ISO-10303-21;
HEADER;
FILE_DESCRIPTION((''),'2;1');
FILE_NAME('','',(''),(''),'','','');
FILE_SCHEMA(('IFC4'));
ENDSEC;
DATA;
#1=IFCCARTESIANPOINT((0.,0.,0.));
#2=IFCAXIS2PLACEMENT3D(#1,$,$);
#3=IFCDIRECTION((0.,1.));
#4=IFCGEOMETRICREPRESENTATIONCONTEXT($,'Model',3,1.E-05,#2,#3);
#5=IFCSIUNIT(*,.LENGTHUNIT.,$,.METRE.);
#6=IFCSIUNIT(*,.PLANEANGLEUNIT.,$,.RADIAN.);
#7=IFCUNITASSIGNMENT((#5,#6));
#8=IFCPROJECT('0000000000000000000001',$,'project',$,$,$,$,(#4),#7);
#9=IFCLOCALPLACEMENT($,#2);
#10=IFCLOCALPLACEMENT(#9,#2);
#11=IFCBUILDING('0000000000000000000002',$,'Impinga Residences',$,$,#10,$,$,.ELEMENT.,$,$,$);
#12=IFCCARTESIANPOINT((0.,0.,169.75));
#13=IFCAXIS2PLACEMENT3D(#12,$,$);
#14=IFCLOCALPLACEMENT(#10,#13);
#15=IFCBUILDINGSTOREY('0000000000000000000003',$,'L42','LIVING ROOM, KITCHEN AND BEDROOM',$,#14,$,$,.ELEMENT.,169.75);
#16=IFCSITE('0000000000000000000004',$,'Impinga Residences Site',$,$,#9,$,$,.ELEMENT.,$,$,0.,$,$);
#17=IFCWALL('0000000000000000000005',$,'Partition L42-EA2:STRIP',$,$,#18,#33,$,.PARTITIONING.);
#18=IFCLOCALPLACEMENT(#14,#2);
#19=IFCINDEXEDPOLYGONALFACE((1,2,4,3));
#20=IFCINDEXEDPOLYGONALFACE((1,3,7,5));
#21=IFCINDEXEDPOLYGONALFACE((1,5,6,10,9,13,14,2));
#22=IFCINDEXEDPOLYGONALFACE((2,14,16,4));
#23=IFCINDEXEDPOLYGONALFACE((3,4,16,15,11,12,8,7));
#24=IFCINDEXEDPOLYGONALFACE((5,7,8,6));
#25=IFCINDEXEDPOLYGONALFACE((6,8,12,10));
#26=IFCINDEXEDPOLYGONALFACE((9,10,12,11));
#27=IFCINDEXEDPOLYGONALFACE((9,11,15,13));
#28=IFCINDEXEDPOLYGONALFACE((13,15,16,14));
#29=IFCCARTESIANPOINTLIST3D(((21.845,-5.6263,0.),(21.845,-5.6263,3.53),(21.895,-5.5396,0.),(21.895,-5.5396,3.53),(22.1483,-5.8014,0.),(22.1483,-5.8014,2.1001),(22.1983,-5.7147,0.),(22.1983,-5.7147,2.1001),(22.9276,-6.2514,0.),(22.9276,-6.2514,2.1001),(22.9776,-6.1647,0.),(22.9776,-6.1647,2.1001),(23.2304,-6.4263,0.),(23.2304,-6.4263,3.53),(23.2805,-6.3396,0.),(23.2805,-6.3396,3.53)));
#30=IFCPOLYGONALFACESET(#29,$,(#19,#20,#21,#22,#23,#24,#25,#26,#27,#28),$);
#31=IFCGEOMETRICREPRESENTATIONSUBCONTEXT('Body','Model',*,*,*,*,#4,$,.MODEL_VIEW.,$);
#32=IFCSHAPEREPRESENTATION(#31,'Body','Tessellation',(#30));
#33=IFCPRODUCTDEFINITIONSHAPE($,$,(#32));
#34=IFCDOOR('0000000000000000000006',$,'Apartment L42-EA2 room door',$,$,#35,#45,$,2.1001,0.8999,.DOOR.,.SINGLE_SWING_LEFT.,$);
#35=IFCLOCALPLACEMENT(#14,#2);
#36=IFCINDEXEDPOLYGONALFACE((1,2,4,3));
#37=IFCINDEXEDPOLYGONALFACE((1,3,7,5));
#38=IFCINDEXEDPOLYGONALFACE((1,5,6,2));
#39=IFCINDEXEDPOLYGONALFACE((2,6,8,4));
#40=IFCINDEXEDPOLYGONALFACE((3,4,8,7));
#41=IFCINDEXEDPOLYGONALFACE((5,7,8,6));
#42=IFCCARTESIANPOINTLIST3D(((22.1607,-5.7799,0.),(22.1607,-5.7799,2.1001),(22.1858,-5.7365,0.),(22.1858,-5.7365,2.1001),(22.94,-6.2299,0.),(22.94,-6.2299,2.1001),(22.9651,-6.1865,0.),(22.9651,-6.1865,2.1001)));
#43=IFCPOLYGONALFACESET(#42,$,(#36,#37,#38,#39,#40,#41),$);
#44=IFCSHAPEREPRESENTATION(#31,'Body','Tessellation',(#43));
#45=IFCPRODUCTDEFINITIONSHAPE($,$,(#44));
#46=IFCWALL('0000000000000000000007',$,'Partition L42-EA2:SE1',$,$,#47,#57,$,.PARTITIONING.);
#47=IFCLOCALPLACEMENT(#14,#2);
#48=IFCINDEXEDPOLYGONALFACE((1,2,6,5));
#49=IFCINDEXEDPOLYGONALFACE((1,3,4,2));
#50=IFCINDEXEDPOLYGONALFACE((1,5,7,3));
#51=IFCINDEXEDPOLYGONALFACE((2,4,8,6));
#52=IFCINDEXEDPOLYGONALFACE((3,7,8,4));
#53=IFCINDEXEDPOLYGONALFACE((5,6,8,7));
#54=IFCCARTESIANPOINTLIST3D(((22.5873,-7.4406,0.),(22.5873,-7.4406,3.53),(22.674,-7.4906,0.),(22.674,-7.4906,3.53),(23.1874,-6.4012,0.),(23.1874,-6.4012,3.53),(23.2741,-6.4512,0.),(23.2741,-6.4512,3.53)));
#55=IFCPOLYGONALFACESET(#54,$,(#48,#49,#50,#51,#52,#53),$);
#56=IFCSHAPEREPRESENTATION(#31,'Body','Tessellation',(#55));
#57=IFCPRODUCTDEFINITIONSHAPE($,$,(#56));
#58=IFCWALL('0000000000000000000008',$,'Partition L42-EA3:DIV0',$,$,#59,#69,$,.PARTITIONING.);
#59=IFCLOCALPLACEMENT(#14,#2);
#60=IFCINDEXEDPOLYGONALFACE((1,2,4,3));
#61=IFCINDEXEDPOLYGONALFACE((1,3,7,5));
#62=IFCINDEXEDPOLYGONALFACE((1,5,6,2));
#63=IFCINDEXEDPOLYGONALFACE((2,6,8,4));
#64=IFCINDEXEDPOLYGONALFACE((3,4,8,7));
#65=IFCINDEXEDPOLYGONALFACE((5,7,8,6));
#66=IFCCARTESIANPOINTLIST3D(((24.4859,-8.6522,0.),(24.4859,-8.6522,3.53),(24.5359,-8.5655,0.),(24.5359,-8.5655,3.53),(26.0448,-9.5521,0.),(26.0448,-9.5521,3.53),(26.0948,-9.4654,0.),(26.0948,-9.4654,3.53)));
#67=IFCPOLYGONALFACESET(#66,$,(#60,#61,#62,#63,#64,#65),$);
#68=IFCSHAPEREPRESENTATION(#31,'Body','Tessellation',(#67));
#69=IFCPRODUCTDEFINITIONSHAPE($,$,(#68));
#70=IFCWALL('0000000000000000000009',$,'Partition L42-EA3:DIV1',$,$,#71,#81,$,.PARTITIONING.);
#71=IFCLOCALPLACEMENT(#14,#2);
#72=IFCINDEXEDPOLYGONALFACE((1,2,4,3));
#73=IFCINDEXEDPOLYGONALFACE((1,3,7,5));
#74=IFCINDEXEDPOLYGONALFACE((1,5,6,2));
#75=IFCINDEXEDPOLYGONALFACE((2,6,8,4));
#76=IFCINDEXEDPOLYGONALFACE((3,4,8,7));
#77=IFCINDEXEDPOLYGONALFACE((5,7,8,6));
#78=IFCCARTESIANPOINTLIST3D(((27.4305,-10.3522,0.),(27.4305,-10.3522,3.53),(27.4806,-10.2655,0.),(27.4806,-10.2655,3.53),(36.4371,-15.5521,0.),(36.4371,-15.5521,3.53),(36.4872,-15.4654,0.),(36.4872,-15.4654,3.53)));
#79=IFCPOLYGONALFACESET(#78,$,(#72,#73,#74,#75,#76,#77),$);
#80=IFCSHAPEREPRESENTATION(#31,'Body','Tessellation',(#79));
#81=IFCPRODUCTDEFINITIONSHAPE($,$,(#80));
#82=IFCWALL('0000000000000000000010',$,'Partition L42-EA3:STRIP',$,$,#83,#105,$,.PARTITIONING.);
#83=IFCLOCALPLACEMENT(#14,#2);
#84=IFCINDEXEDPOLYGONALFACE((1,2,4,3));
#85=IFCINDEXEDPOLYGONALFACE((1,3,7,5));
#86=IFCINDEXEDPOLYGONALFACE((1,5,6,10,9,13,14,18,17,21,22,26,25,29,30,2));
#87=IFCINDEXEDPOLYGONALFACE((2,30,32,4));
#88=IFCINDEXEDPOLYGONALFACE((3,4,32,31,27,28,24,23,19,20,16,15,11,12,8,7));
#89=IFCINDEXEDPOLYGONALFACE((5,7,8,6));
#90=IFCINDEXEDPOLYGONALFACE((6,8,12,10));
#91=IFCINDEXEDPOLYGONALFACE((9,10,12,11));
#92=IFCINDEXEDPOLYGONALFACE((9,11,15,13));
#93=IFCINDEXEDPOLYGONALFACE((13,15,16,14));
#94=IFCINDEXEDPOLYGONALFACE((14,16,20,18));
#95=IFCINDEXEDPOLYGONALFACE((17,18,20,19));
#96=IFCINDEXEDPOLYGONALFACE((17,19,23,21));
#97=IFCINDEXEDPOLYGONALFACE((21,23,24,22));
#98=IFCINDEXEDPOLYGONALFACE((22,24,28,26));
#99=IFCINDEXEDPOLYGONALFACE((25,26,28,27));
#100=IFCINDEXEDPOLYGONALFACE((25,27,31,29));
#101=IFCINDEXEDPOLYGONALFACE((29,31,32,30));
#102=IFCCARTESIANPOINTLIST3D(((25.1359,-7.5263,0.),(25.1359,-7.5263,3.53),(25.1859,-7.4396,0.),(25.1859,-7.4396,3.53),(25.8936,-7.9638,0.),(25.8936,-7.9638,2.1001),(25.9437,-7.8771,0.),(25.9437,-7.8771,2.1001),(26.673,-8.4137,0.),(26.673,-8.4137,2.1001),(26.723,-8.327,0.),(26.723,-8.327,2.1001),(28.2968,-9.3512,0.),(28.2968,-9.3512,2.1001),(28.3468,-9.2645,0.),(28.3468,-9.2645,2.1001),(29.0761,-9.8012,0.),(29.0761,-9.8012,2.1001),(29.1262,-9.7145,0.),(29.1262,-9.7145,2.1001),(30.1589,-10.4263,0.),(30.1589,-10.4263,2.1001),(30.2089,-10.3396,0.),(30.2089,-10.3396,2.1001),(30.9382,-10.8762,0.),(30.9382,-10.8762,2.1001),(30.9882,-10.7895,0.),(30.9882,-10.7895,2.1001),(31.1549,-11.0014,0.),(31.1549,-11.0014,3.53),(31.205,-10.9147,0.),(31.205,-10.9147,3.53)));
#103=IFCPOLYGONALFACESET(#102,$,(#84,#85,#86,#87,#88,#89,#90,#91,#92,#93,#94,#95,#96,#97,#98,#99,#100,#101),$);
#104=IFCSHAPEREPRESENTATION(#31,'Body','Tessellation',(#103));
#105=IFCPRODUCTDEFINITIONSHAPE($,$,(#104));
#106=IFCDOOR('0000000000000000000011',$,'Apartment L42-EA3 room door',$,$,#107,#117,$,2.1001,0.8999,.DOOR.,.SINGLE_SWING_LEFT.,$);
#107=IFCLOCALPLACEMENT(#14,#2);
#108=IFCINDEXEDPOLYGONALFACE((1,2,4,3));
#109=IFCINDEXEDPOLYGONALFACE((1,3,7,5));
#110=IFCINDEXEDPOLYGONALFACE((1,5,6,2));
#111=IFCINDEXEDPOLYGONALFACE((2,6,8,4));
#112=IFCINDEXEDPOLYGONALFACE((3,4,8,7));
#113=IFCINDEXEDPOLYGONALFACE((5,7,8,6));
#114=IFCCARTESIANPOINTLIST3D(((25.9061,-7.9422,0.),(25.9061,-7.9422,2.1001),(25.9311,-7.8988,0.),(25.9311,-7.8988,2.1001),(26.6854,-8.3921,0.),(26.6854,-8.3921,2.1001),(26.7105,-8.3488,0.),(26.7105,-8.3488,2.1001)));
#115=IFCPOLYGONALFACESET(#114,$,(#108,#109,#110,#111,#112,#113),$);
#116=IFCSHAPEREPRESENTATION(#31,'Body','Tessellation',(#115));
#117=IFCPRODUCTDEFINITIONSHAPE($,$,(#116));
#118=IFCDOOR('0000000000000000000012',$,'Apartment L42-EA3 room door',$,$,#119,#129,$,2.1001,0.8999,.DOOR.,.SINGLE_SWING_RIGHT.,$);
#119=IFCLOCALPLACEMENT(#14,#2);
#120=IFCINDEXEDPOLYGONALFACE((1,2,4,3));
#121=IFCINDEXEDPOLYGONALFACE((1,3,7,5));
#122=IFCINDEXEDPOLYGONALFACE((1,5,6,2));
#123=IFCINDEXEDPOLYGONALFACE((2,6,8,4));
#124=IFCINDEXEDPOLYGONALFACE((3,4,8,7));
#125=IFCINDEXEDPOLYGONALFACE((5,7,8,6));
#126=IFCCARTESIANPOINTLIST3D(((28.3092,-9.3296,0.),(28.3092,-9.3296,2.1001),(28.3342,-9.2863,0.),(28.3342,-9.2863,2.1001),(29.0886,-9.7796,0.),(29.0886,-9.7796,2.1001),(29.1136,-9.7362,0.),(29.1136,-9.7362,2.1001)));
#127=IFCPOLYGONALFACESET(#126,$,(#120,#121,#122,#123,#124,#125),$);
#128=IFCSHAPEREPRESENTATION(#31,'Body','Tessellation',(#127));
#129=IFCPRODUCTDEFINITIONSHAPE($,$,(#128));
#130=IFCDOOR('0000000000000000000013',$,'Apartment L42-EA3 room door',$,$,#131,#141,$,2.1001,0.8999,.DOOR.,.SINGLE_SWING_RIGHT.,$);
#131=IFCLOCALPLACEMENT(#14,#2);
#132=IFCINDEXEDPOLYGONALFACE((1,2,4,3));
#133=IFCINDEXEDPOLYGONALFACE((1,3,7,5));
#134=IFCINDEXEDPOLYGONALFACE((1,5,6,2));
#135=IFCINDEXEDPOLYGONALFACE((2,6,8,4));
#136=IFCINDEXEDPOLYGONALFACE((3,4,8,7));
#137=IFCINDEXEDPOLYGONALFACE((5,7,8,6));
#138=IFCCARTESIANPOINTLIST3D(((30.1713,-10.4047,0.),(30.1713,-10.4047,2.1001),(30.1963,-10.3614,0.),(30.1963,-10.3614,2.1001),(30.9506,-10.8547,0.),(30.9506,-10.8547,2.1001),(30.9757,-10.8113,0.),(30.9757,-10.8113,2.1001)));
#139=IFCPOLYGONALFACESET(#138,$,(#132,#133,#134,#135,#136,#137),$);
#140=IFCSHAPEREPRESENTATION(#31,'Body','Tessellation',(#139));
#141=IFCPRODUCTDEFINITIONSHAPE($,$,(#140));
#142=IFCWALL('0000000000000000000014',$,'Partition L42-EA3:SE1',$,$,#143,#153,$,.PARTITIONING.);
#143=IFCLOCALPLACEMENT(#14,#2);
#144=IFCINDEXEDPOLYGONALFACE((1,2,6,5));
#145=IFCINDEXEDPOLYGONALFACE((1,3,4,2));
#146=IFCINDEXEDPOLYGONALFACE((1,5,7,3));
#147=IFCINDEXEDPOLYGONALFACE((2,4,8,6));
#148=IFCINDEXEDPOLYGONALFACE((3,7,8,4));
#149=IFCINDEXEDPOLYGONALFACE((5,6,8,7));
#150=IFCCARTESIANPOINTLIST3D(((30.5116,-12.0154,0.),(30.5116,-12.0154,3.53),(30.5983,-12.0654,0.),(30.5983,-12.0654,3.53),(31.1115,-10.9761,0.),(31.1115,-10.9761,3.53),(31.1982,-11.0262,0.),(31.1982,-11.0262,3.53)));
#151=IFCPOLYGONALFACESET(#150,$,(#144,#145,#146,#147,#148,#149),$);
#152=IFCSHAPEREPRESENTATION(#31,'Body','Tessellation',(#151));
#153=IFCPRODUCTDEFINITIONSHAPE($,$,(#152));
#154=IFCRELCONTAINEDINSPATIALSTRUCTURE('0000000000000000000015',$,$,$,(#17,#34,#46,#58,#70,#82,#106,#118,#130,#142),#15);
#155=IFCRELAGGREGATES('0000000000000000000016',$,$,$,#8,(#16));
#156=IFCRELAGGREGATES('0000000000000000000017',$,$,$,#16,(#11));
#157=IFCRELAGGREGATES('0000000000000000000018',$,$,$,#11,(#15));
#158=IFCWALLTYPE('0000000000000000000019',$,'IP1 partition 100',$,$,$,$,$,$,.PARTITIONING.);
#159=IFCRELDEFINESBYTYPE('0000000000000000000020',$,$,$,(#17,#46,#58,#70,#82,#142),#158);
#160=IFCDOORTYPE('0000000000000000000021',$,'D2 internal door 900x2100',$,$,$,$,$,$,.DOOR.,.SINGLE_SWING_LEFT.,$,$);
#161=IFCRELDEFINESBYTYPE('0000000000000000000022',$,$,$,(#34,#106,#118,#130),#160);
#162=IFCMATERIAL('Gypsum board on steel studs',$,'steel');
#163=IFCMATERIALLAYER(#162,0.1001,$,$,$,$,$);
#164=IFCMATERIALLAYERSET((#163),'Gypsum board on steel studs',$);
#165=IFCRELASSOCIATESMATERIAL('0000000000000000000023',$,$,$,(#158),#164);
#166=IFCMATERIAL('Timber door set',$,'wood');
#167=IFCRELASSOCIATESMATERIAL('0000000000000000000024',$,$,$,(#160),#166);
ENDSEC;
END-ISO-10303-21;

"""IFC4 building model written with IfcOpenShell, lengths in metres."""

from ifc_helpers import new_model, si_unit, direction, frame, frame_2d, origin, place, context, subcontext, project, spatial, rectangle, extrude, material, layer, layer_set, type_object, element, fill, save


model = new_model("IFC4")

# Units and contexts
model_context = context("Model", 3, precision=1e-05, world=origin(), true_north=direction((0.0, 1.0)))
body_context = subcontext(model_context, "Body", "Model", "MODEL_VIEW")
ifc_project = project(units=[si_unit("LENGTHUNIT", "METRE"), si_unit("PLANEANGLEUNIT", "RADIAN")], contexts=[model_context])

# Site, building, storey
site_placement = place(None, origin())
site = spatial("IfcSite", under=ifc_project, at=site_placement, Name="Impinga Residences Site", CompositionType="ELEMENT", RefElevation=0.0)
building_placement = place(site_placement, origin())
building = spatial("IfcBuilding", under=site, at=building_placement, Name="Impinga Residences", CompositionType="ELEMENT")
storey_placement = place(building_placement, frame((0.0, 0.0, 169.75)))
storey = spatial("IfcBuildingStorey", under=building, at=storey_placement, Name="L42", Description="LIVING ROOM, KITCHEN AND BEDROOM", CompositionType="ELEMENT", Elevation=169.75)

# Shared definitions
ifc_material_1 = material(Name="Timber door set", Category="wood")

# Shared definitions
ifc_material_2 = material(Name="Gypsum board on steel studs", Category="steel")
ifc_layer_1 = layer(ifc_material_2, 0.1001)
ifc_layer_set_1 = layer_set([ifc_layer_1], Name="Gypsum board on steel studs")
wall_type_1 = type_object("IfcWallType", Name="IP1 partition 100", PredefinedType="PARTITIONING", material=ifc_layer_set_1)

# Wall, opening, door
wall_1_placement = place(storey_placement, frame((21.8701, -5.583, 0.0), z_axis=(0.0, 0.0, 1.0), x_axis=(0.86599, -0.500061, 0.0)))
wall_1 = element("IfcWall", 1, at=wall_1_placement, inside=storey, type_object=wall_type_1, Name="Partition L42-EA2:STRIP", PredefinedType="PARTITIONING", context=body_context, shape_type="SweptSolid", body=[
    extrude(rectangle(XDim=1.5999, YDim=0.1001, at=frame_2d((0.7998, 0.0))), origin(), (0.0, 0.0, 1.0), 3.53),
])
opening_1_placement = place(wall_1_placement, frame((0.3501, 0.0, 0.0)))
opening_1 = element("IfcOpeningElement", 2, at=opening_1_placement, cuts=wall_1, PredefinedType="OPENING", context=body_context, shape_type="SweptSolid", body=[
    extrude(rectangle(XDim=0.8999, YDim=2.1001, at=frame_2d((0.45, 1.05))), frame((0.0, 0.0601, 0.0), z_axis=(0.0, -1.0, 0.0), x_axis=(1.0, 0.0, 0.0)), (0.0, 0.0, 1.0), 0.1201),
])
door_type_1 = type_object("IfcDoorType", Name="D2 internal door 900x2100", OperationType="SINGLE_SWING_LEFT", PredefinedType="DOOR", material=ifc_material_1)
door_1_placement = place(opening_1_placement, origin())
door_1 = element("IfcDoor", 3, at=door_1_placement, inside=storey, type_object=door_type_1, Name="Apartment L42-EA2 room door", OperationType="SINGLE_SWING_LEFT", OverallHeight=2.1001, OverallWidth=0.8999, PredefinedType="DOOR", context=body_context, shape_type="SweptSolid", body=[
    extrude(rectangle(XDim=0.8999, YDim=2.1001, at=frame_2d((0.45, 1.05))), frame((0.0, 0.0249, 0.0), z_axis=(0.0, -1.0, 0.0), x_axis=(1.0, 0.0, 0.0)), (0.0, 0.0, 1.0), 0.05),
])
fill(opening_1, door_1)

# Walls
wall_2_placement = place(storey_placement, frame((22.6306, -7.4656, 0.0), z_axis=(0.0, 0.0, 1.0), x_axis=(0.500034, 0.866006, 0.0)))
element("IfcWall", 4, at=wall_2_placement, inside=storey, type_object=wall_type_1, Name="Partition L42-EA2:SE1", PredefinedType="PARTITIONING", context=body_context, shape_type="SweptSolid", body=[
    extrude(rectangle(XDim=1.2002, YDim=0.1001, at=frame_2d((0.6001, 0.0))), origin(), (0.0, 0.0, 1.0), 3.53),
])
wall_3_placement = place(storey_placement, frame((24.511, -8.6089, 0.0), z_axis=(0.0, 0.0, 1.0), x_axis=(0.866048, -0.499961, 0.0)))
element("IfcWall", 5, at=wall_3_placement, inside=storey, type_object=wall_type_1, Name="Partition L42-EA3:DIV0", PredefinedType="PARTITIONING", context=body_context, shape_type="SweptSolid", body=[
    extrude(rectangle(XDim=1.8, YDim=0.1001, at=frame_2d((0.8999, 0.0))), origin(), (0.0, 0.0, 1.0), 3.53),
])
wall_4_placement = place(storey_placement, frame((27.4556, -10.3088, 0.0), z_axis=(0.0, 0.0, 1.0), x_axis=(0.866026, -0.499999, 0.0)))
element("IfcWall", 6, at=wall_4_placement, inside=storey, type_object=wall_type_1, Name="Partition L42-EA3:DIV1", PredefinedType="PARTITIONING", context=body_context, shape_type="SweptSolid", body=[
    extrude(rectangle(XDim=10.3999, YDim=0.1001, at=frame_2d((5.2, 0.0))), origin(), (0.0, 0.0, 1.0), 3.53),
])

# Wall, openings, doors
wall_5_placement = place(storey_placement, frame((25.1609, -7.4829, 0.0), z_axis=(0.0, 0.0, 1.0), x_axis=(0.866025, -0.5, 0.0)))
wall_5 = element("IfcWall", 7, at=wall_5_placement, inside=storey, type_object=wall_type_1, Name="Partition L42-EA3:STRIP", PredefinedType="PARTITIONING", context=body_context, shape_type="SweptSolid", body=[
    extrude(rectangle(XDim=6.9502, YDim=0.1001, at=frame_2d((3.4751, 0.0))), origin(), (0.0, 0.0, 1.0), 3.53),
])
opening_2_placement = place(wall_5_placement, frame((0.875, 0.0, 0.0)))
opening_2 = element("IfcOpeningElement", 8, at=opening_2_placement, cuts=wall_5, PredefinedType="OPENING", context=body_context, shape_type="SweptSolid", body=[
    extrude(rectangle(XDim=0.8999, YDim=2.1001, at=frame_2d((0.45, 1.05))), frame((0.0, 0.0601, 0.0), z_axis=(0.0, -1.0, 0.0), x_axis=(1.0, 0.0, 0.0)), (0.0, 0.0, 1.0), 0.1201),
])
opening_3_placement = place(wall_5_placement, frame((3.6499, 0.0, 0.0)))
opening_3 = element("IfcOpeningElement", 9, at=opening_3_placement, cuts=wall_5, PredefinedType="OPENING", context=body_context, shape_type="SweptSolid", body=[
    extrude(rectangle(XDim=0.8999, YDim=2.1001, at=frame_2d((0.45, 1.05))), frame((0.0, 0.0601, 0.0), z_axis=(0.0, -1.0, 0.0), x_axis=(1.0, 0.0, 0.0)), (0.0, 0.0, 1.0), 0.1201),
])
opening_4_placement = place(wall_5_placement, frame((5.8, 0.0, 0.0)))
opening_4 = element("IfcOpeningElement", 10, at=opening_4_placement, cuts=wall_5, PredefinedType="OPENING", context=body_context, shape_type="SweptSolid", body=[
    extrude(rectangle(XDim=0.8999, YDim=2.1001, at=frame_2d((0.45, 1.05))), frame((0.0, 0.0601, 0.0), z_axis=(0.0, -1.0, 0.0), x_axis=(1.0, 0.0, 0.0)), (0.0, 0.0, 1.0), 0.1201),
])
door_2_placement = place(opening_2_placement, origin())
door_2 = element("IfcDoor", 11, at=door_2_placement, inside=storey, type_object=door_type_1, Name="Apartment L42-EA3 room door", OperationType="SINGLE_SWING_LEFT", OverallHeight=2.1001, OverallWidth=0.8999, PredefinedType="DOOR", context=body_context, shape_type="SweptSolid", body=[
    extrude(rectangle(XDim=0.8999, YDim=2.1001, at=frame_2d((0.45, 1.05))), frame((0.0, 0.0249, 0.0), z_axis=(0.0, -1.0, 0.0), x_axis=(1.0, 0.0, 0.0)), (0.0, 0.0, 1.0), 0.05),
])
fill(opening_2, door_2)
door_3_placement = place(opening_3_placement, origin())
door_3 = element("IfcDoor", 12, at=door_3_placement, inside=storey, type_object=door_type_1, Name="Apartment L42-EA3 room door", OperationType="SINGLE_SWING_RIGHT", OverallHeight=2.1001, OverallWidth=0.8999, PredefinedType="DOOR", context=body_context, shape_type="SweptSolid", body=[
    extrude(rectangle(XDim=0.8999, YDim=2.1001, at=frame_2d((0.45, 1.05))), frame((0.0, 0.0249, 0.0), z_axis=(0.0, -1.0, 0.0), x_axis=(1.0, 0.0, 0.0)), (0.0, 0.0, 1.0), 0.05),
])
fill(opening_3, door_3)
door_4_placement = place(opening_4_placement, origin())
door_4 = element("IfcDoor", 13, at=door_4_placement, inside=storey, type_object=door_type_1, Name="Apartment L42-EA3 room door", OperationType="SINGLE_SWING_RIGHT", OverallHeight=2.1001, OverallWidth=0.8999, PredefinedType="DOOR", context=body_context, shape_type="SweptSolid", body=[
    extrude(rectangle(XDim=0.8999, YDim=2.1001, at=frame_2d((0.45, 1.05))), frame((0.0, 0.0249, 0.0), z_axis=(0.0, -1.0, 0.0), x_axis=(1.0, 0.0, 0.0)), (0.0, 0.0, 1.0), 0.05),
])
fill(opening_4, door_4)

# Wall
wall_6_placement = place(storey_placement, frame((30.5549, -12.0405, 0.0), z_axis=(0.0, 0.0, 1.0), x_axis=(0.499881, 0.866094, 0.0)))
element("IfcWall", 14, at=wall_6_placement, inside=storey, type_object=wall_type_1, Name="Partition L42-EA3:SE1", PredefinedType="PARTITIONING", context=body_context, shape_type="SweptSolid", body=[
    extrude(rectangle(XDim=1.2, YDim=0.1001, at=frame_2d((0.6001, 0.0))), origin(), (0.0, 0.0, 1.0), 3.53),
])

save(model, "model.ifc")
